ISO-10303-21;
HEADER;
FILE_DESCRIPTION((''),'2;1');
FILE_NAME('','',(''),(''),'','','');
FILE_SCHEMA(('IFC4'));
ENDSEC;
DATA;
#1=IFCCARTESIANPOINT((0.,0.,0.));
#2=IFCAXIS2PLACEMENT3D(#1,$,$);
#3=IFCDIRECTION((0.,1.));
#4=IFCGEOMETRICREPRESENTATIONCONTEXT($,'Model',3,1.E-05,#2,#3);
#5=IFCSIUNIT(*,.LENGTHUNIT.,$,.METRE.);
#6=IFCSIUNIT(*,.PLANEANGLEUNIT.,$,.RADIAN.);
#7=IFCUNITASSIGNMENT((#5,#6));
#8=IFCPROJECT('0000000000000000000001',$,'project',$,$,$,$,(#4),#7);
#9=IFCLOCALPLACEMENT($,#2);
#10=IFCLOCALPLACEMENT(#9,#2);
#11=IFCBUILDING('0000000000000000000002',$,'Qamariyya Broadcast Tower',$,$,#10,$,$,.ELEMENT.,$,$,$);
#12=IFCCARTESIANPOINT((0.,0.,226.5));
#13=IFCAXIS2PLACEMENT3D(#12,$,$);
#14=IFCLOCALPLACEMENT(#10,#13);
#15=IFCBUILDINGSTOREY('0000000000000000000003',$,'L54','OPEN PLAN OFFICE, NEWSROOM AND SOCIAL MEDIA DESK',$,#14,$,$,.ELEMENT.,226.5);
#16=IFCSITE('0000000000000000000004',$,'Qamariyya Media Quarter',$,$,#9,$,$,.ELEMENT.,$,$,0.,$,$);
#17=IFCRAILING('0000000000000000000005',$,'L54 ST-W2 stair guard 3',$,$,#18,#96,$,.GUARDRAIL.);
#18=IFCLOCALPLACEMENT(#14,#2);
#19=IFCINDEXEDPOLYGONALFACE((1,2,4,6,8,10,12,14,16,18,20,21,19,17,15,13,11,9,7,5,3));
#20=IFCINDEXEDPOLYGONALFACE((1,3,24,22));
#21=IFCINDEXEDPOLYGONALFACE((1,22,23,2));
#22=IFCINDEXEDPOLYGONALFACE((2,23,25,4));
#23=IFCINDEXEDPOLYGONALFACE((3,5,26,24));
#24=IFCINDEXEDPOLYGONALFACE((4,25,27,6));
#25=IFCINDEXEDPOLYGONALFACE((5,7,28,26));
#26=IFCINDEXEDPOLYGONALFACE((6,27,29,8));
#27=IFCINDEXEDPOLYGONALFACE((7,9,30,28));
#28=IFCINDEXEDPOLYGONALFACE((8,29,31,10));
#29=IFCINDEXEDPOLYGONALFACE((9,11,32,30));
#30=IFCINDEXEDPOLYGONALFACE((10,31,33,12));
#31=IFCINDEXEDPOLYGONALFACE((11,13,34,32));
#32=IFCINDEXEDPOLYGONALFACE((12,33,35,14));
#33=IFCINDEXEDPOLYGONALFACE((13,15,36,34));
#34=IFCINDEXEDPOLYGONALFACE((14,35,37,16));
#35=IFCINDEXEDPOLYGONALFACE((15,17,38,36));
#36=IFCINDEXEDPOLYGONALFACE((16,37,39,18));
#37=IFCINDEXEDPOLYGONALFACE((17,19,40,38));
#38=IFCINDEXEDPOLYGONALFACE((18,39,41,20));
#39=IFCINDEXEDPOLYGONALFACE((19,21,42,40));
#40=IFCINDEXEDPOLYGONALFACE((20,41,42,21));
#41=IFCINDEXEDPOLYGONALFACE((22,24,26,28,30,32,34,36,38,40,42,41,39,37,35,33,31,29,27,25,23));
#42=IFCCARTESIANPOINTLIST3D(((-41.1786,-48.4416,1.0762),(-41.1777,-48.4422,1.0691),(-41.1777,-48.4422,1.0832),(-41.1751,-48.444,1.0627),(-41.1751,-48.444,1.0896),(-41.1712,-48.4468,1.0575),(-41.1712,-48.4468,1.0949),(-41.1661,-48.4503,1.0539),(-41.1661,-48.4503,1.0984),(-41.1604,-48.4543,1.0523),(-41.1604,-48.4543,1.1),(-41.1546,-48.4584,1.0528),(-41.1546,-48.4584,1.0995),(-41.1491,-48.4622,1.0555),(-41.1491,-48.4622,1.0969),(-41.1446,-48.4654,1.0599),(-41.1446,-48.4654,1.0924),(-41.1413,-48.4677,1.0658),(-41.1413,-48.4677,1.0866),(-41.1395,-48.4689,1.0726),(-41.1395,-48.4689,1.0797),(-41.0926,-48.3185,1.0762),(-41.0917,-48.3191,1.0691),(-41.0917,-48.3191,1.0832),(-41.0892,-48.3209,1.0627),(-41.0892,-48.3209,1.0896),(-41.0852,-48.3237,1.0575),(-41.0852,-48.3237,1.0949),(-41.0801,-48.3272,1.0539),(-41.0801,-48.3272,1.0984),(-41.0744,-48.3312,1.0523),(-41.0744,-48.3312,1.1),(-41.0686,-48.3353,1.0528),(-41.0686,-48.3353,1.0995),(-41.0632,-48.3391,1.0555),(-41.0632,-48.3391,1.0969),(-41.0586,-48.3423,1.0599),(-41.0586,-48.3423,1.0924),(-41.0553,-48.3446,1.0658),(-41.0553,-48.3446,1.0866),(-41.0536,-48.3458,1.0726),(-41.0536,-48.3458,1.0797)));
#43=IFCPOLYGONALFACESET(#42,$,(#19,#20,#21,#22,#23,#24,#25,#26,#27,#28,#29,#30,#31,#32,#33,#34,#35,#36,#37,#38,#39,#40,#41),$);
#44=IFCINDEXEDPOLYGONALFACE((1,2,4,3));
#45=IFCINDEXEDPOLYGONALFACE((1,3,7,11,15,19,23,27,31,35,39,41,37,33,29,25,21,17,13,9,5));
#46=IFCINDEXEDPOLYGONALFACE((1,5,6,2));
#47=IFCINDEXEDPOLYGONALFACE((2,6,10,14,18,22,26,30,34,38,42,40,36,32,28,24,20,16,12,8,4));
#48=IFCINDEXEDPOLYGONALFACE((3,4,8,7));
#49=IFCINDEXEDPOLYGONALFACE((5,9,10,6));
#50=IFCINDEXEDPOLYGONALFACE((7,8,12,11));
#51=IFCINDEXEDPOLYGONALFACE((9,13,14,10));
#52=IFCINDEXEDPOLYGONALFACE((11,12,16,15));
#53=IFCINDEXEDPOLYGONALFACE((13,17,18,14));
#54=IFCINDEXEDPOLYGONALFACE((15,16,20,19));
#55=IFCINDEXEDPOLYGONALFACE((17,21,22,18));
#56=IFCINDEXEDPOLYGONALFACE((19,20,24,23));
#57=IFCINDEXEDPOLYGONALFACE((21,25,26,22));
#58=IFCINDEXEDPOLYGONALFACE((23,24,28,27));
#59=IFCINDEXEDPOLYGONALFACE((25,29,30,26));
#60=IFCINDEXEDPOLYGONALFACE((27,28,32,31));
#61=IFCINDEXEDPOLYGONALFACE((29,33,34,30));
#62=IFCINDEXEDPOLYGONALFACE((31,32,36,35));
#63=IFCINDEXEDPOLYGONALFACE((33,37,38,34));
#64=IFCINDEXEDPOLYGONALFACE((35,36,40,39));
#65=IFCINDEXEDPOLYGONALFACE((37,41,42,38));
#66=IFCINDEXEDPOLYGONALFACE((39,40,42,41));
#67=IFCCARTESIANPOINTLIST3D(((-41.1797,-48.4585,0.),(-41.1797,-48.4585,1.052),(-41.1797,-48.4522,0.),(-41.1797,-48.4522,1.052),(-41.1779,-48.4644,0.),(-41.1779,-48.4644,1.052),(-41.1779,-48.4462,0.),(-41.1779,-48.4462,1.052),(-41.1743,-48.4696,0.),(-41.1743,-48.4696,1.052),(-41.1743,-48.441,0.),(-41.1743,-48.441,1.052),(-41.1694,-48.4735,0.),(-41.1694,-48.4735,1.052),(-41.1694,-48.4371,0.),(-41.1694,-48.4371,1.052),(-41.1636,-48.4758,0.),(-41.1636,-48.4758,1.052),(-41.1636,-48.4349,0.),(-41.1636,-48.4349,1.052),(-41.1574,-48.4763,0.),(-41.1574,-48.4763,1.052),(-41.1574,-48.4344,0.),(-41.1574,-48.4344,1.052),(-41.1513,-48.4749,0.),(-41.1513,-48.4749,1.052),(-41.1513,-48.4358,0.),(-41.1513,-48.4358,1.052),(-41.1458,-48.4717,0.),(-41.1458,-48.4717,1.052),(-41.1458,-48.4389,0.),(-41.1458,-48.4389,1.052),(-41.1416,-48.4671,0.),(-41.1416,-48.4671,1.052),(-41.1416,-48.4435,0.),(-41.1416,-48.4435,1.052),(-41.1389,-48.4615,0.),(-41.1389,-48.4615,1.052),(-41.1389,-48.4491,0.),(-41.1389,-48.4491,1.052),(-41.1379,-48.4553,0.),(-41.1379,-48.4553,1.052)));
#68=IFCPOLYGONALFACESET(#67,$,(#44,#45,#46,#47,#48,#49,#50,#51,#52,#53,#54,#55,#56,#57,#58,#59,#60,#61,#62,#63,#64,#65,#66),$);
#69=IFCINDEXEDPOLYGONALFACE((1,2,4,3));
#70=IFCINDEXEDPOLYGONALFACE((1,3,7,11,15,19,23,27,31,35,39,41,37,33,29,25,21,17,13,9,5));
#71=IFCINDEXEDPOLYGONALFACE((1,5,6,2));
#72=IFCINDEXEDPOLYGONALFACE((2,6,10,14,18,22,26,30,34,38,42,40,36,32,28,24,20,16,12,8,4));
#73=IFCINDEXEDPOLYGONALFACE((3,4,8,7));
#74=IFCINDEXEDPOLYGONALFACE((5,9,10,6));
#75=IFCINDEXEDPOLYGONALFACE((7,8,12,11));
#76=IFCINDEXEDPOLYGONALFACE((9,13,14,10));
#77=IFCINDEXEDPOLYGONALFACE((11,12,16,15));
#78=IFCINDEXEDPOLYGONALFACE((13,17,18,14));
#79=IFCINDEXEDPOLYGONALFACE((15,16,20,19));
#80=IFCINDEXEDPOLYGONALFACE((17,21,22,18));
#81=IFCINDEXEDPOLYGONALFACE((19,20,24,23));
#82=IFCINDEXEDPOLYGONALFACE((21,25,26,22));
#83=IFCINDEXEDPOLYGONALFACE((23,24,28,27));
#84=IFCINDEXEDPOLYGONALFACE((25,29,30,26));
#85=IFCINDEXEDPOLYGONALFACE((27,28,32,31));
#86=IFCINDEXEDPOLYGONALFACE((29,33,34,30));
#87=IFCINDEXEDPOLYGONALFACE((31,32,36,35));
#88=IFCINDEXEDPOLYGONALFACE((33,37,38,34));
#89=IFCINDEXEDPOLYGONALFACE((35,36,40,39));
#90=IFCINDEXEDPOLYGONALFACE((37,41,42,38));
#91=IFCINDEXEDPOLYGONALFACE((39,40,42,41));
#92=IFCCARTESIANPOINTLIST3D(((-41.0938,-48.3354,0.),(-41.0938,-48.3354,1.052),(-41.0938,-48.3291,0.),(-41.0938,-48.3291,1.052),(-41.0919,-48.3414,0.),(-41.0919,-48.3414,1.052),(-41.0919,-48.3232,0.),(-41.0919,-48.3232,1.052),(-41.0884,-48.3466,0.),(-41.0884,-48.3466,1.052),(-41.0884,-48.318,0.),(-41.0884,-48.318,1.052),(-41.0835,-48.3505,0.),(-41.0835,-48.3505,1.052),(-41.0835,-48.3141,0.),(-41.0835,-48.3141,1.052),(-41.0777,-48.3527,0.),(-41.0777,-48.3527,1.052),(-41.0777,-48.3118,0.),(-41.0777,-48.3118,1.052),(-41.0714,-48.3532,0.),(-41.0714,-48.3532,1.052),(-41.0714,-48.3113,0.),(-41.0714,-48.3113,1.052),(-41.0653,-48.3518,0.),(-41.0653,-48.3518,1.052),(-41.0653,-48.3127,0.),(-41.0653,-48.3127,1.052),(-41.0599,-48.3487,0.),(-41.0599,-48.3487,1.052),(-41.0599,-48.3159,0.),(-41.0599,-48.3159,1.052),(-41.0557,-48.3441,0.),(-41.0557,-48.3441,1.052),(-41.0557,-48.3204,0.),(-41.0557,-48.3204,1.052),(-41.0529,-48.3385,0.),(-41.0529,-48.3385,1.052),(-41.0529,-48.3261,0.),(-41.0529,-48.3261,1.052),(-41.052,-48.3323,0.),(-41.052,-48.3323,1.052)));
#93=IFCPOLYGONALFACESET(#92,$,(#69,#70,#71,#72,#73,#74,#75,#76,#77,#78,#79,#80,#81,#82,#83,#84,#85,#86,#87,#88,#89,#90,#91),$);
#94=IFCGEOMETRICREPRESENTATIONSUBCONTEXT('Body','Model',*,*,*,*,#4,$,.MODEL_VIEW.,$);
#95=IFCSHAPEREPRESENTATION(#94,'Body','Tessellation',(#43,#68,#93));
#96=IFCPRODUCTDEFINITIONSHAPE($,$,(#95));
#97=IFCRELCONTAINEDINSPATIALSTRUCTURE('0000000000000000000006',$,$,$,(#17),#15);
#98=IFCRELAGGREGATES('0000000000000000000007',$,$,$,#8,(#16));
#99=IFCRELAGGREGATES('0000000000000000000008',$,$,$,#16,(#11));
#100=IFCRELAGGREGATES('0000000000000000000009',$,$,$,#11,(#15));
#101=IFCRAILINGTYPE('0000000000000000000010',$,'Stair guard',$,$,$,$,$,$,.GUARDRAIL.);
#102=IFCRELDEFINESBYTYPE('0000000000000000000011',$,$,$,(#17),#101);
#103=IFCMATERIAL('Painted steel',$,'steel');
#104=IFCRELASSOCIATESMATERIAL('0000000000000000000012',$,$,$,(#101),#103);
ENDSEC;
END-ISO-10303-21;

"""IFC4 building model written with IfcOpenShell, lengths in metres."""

from ifc_helpers import new_model, si_unit, direction, frame, origin, origin_2d, place, context, subcontext, project, spatial, circle, extrude, material, type_object, element, save


model = new_model("IFC4")

# Units and contexts
model_context = context("Model", 3, precision=1e-05, world=origin(), true_north=direction((0.0, 1.0)))
body_context = subcontext(model_context, "Body", "Model", "MODEL_VIEW")
ifc_project = project(units=[si_unit("LENGTHUNIT", "METRE"), si_unit("PLANEANGLEUNIT", "RADIAN")], contexts=[model_context])

# Site, building, storey
site_placement = place(None, origin())
site = spatial("IfcSite", under=ifc_project, at=site_placement, Name="Qamariyya Media Quarter", CompositionType="ELEMENT", RefElevation=0.0)
building_placement = place(site_placement, origin())
building = spatial("IfcBuilding", under=site, at=building_placement, Name="Qamariyya Broadcast Tower", CompositionType="ELEMENT")
storey_placement = place(building_placement, frame((0.0, 0.0, 226.5)))
storey = spatial("IfcBuildingStorey", under=building, at=storey_placement, Name="L54", Description="OPEN PLAN OFFICE, NEWSROOM AND SOCIAL MEDIA DESK", CompositionType="ELEMENT", Elevation=226.5)

# Railing
ifc_material_1 = material(Name="Painted steel", Category="steel")
railing_type_1 = type_object("IfcRailingType", Name="Stair guard", PredefinedType="GUARDRAIL", material=ifc_material_1)
railing_1_placement = place(storey_placement, frame((-41.1589, -48.4553, 0.0)))
element("IfcRailing", 1, at=railing_1_placement, inside=storey, type_object=railing_type_1, Name="L54 ST-W2 stair guard 3", PredefinedType="GUARDRAIL", context=body_context, shape_type="SweptSolid", body=[
    extrude(circle(Radius=0.0239, at=origin_2d()), frame((0.0, 0.0, 1.0762), z_axis=(0.572589, 0.819843, 0.0), x_axis=(-0.819843, 0.572589, 0.0)), (0.0, 0.0, 1.0), 0.1501),
    extrude(circle(Radius=0.021, at=origin_2d()), origin(), (0.0, 0.0, 1.0), 1.052),
    extrude(circle(Radius=0.021, at=origin_2d()), frame((0.0859, 0.123, 0.0)), (0.0, 0.0, 1.0), 1.052),
])

save(model, "model.ifc")
